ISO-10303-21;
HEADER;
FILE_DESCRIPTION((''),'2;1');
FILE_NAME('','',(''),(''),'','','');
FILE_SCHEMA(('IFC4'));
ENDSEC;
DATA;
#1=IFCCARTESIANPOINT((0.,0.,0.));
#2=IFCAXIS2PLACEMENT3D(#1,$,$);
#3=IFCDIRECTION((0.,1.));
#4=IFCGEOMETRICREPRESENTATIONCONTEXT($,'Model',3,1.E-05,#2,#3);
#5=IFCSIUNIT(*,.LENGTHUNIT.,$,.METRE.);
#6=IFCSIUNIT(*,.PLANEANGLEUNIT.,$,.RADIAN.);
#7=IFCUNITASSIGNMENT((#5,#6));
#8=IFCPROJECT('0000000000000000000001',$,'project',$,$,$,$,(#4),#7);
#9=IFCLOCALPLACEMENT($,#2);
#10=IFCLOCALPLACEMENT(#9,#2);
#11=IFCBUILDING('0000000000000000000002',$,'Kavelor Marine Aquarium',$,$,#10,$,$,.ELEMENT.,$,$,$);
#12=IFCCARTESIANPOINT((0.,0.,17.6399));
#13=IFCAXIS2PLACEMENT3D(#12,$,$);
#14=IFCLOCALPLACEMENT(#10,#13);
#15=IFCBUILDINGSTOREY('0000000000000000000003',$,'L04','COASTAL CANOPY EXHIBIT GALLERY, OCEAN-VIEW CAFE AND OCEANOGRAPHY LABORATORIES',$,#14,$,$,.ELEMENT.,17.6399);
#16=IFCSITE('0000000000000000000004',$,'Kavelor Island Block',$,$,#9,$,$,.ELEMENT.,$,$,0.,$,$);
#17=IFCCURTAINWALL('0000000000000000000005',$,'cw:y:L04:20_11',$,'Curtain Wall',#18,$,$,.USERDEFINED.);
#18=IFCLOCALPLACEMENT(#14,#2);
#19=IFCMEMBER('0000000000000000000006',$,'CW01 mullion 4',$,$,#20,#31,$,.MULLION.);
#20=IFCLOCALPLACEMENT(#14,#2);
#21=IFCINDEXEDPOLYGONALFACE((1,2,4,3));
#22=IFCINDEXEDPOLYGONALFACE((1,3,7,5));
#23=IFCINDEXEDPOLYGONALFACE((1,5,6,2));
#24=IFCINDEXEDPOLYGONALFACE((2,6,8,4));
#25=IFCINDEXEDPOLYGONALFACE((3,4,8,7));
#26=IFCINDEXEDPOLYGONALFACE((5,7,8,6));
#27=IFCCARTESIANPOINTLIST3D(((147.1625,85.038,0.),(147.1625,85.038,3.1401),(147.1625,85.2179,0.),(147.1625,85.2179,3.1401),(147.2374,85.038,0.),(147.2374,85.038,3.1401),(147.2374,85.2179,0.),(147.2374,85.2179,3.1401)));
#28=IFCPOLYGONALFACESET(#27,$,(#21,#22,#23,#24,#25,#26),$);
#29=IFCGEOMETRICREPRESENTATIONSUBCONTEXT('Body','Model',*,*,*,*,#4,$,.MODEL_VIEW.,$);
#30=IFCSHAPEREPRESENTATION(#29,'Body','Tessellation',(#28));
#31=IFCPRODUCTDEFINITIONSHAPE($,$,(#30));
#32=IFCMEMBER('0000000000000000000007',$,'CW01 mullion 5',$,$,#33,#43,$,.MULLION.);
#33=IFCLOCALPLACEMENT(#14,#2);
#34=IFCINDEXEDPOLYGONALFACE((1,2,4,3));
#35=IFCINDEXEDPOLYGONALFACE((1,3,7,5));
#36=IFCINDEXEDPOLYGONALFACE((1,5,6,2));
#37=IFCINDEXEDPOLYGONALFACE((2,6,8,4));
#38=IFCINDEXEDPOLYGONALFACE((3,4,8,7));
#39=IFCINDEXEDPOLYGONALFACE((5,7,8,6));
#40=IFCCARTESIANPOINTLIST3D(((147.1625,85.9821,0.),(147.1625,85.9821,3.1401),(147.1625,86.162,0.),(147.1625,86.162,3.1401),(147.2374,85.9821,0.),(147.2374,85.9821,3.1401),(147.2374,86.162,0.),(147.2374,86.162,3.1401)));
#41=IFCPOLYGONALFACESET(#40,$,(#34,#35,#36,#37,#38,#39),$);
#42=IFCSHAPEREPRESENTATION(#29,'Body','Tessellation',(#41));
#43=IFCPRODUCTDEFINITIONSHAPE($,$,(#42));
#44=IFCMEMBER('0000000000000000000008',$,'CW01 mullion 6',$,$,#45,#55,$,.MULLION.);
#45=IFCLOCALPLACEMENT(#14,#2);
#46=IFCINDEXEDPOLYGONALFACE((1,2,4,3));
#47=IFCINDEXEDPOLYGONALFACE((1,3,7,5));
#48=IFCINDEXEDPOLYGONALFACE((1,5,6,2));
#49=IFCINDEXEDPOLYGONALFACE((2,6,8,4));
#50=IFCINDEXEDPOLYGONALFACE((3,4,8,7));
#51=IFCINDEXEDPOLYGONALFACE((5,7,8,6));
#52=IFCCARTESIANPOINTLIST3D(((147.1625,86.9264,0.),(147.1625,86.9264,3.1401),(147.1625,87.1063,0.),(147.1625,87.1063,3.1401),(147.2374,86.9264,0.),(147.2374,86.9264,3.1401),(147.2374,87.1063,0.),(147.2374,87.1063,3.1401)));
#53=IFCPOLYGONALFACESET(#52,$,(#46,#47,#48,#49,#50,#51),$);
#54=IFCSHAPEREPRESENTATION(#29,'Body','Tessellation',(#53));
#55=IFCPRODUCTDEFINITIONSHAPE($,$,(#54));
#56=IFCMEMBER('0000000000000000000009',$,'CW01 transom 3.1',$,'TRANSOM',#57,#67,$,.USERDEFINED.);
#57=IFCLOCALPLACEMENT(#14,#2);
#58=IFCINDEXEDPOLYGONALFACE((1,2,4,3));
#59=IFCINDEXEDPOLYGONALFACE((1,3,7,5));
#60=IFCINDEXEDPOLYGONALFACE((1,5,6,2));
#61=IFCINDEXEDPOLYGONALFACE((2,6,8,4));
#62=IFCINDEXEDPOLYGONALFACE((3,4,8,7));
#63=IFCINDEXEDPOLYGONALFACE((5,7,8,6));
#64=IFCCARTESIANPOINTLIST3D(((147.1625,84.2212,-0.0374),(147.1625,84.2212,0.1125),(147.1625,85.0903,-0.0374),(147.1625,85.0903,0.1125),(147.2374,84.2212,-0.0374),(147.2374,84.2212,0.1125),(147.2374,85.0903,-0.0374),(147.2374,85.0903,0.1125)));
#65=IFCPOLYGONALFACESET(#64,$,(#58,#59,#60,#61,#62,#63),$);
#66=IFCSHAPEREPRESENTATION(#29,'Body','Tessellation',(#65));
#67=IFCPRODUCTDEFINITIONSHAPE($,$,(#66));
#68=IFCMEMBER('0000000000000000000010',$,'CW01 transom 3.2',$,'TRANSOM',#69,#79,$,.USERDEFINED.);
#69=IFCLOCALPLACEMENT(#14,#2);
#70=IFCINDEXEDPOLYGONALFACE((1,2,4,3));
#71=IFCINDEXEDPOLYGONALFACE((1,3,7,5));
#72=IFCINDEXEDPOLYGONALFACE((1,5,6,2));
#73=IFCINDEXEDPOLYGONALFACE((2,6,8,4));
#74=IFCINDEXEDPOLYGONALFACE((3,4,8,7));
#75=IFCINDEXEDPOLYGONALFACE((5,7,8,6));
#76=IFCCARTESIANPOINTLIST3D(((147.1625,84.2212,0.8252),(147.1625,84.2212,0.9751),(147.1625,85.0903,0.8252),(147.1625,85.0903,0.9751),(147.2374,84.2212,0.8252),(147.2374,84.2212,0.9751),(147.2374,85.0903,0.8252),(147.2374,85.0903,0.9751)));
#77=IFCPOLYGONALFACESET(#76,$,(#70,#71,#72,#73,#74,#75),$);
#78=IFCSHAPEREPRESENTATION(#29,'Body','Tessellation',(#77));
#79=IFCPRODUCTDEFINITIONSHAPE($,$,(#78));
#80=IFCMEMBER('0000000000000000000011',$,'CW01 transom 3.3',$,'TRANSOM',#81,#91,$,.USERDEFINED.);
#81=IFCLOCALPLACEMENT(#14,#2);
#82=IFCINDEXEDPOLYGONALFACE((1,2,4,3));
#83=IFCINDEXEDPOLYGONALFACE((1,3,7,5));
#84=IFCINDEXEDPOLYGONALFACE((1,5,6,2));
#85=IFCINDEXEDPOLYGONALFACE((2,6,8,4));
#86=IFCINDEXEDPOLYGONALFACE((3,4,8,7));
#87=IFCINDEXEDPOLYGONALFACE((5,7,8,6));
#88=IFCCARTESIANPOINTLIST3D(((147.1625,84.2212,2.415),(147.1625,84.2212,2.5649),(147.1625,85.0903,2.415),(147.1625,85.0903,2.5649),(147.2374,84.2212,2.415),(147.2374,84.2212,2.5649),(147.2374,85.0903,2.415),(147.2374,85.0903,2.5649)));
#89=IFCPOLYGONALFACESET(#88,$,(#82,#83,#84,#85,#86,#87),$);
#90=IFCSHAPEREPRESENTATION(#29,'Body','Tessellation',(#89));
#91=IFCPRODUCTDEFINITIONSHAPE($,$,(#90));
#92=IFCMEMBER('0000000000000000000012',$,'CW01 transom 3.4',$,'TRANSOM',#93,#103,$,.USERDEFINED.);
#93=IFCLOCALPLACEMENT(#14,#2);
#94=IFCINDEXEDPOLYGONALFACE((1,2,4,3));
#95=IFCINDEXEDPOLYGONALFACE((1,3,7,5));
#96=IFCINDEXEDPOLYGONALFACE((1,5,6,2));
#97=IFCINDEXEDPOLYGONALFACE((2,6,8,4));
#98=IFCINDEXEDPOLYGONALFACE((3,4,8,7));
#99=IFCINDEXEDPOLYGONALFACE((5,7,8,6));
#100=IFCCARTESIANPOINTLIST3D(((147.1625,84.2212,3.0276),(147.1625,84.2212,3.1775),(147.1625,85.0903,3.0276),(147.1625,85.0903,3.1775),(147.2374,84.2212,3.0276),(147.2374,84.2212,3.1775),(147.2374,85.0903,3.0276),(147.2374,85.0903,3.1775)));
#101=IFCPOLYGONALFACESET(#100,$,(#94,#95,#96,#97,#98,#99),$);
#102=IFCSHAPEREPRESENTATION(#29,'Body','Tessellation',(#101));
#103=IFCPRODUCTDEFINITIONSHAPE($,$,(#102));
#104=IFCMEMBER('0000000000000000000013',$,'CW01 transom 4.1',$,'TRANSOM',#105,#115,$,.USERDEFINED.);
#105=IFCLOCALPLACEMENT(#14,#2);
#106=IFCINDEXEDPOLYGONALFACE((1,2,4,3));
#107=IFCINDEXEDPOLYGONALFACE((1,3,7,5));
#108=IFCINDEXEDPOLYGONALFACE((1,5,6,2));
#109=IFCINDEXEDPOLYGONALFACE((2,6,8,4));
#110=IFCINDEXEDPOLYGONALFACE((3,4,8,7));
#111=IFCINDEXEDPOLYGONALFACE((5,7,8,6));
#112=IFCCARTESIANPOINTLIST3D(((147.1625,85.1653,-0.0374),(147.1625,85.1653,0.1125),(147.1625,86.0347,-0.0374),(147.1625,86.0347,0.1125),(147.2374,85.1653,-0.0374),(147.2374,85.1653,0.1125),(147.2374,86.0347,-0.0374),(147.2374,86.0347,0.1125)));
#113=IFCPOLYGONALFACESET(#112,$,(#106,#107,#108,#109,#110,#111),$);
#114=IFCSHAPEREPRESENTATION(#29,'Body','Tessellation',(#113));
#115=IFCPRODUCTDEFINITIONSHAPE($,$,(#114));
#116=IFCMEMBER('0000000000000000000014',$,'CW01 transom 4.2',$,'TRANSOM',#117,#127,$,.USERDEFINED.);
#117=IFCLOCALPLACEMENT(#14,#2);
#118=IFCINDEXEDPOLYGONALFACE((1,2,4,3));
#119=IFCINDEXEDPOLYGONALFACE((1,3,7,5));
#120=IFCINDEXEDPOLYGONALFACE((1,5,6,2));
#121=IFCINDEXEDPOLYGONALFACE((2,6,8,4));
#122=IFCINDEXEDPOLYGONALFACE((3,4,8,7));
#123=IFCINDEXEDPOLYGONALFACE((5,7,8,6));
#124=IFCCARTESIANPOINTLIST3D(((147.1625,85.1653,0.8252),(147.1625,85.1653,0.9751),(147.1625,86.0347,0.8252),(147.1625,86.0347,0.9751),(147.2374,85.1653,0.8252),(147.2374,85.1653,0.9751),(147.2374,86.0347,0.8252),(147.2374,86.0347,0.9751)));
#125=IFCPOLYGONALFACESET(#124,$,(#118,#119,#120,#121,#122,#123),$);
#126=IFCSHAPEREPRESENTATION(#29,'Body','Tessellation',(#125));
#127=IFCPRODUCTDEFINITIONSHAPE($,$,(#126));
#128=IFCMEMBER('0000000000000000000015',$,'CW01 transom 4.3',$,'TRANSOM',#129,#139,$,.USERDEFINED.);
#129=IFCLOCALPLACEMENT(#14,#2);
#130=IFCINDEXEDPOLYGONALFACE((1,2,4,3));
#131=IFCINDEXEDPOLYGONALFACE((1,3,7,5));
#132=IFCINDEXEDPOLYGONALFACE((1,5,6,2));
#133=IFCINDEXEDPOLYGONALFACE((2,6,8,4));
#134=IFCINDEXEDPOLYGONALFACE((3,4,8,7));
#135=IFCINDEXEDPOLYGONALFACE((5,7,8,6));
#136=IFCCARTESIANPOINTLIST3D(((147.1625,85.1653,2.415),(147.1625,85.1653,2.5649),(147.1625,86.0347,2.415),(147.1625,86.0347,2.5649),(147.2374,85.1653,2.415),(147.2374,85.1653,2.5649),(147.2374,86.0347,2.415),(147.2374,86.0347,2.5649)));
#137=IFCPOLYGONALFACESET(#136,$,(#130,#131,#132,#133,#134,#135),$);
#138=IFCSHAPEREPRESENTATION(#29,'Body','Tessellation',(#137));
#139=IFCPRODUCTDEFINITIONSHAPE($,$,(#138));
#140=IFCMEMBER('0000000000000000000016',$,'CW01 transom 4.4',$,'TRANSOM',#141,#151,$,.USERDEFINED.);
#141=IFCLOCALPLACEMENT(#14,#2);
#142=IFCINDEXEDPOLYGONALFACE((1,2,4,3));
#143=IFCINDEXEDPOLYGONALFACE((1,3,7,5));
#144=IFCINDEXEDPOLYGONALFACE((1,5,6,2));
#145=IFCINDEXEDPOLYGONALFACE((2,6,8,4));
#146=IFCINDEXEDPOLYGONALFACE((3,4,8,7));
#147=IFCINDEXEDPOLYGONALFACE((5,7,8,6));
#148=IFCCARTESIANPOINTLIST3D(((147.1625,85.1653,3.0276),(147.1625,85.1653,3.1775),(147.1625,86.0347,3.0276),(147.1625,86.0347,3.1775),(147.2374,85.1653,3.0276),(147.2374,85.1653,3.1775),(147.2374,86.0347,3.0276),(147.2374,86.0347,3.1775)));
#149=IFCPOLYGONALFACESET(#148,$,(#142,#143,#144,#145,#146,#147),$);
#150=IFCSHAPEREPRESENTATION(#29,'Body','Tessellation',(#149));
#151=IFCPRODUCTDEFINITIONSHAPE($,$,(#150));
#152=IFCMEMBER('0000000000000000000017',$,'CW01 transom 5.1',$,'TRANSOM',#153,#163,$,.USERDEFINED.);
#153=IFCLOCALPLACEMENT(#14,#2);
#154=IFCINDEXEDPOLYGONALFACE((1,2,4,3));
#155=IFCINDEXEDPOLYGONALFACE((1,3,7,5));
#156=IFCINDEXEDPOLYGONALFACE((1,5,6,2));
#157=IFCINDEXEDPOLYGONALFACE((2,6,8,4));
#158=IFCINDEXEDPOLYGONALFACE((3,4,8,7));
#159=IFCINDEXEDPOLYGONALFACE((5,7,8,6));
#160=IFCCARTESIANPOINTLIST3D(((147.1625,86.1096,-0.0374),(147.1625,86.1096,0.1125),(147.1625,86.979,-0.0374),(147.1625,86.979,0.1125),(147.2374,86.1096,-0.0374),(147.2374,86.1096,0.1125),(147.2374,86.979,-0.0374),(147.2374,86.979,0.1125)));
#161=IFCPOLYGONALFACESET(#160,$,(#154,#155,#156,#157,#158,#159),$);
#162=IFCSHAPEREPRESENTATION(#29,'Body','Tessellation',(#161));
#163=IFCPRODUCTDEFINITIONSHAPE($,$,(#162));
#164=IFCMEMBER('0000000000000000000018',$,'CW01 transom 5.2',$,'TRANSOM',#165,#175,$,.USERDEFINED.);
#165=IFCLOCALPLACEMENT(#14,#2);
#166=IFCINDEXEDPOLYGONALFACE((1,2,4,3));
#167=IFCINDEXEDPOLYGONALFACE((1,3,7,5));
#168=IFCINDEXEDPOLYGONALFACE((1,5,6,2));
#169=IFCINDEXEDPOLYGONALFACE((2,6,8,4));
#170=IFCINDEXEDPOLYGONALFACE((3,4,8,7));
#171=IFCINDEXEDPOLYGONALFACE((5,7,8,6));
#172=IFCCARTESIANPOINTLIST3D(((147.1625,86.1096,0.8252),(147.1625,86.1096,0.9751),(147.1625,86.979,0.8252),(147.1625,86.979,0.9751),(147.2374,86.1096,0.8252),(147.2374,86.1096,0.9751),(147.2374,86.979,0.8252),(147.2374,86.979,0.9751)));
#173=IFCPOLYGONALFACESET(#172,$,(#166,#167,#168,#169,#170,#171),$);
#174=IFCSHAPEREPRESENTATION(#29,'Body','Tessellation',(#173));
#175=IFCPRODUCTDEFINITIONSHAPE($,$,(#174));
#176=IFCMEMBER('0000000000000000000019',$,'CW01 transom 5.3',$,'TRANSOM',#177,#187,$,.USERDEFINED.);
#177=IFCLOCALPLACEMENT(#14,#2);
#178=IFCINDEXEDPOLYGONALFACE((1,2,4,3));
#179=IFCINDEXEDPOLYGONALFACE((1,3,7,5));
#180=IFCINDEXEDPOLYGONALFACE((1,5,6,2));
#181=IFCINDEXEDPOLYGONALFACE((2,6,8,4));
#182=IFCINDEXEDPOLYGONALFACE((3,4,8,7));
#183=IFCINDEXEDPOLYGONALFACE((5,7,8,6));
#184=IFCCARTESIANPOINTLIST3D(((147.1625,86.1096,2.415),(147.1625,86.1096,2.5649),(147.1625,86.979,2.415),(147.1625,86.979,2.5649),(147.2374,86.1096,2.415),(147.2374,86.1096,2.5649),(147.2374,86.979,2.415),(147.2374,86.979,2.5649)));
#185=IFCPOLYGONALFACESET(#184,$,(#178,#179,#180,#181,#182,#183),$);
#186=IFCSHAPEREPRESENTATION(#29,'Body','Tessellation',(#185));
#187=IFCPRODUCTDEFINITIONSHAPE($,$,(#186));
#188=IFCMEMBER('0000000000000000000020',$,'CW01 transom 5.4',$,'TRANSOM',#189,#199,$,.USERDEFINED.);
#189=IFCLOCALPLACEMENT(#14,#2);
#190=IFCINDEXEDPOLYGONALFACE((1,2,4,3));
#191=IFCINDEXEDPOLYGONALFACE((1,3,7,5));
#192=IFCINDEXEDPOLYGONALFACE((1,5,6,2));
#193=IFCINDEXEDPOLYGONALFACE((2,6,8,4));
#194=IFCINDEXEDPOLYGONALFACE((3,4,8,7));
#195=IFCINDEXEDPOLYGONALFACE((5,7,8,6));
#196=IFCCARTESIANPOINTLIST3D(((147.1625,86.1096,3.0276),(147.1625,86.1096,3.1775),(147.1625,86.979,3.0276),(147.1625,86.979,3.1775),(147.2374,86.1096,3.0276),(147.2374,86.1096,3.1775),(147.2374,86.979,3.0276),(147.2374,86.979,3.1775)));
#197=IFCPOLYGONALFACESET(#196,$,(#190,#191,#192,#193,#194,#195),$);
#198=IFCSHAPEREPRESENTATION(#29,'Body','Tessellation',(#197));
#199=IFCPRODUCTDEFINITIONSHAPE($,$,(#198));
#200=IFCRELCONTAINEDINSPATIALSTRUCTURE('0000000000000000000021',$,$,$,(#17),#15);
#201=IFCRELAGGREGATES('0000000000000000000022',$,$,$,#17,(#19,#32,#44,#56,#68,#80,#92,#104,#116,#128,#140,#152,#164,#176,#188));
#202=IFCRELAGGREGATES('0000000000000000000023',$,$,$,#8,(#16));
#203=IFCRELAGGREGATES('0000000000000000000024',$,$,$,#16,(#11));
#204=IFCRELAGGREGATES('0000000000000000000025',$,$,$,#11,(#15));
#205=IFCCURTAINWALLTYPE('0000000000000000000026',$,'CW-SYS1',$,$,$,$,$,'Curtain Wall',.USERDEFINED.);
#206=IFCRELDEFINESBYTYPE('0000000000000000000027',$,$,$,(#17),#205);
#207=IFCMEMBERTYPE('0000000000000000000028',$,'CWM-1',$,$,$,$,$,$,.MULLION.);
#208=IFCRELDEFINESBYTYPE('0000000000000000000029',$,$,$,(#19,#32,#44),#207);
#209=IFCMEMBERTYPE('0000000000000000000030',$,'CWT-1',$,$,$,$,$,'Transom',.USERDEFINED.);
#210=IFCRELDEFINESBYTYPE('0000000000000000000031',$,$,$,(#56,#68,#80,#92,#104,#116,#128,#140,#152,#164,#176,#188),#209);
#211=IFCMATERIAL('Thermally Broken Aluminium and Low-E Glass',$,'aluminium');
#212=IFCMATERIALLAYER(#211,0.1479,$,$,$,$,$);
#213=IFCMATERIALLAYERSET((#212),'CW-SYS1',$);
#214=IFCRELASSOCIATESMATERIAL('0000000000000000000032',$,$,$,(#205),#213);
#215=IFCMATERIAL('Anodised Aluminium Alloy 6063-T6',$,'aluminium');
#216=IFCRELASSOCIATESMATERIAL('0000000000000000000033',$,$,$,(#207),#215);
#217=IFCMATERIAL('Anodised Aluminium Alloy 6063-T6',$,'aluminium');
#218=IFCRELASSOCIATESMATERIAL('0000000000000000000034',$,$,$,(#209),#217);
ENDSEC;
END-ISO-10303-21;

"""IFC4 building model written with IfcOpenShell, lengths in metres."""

from ifc_helpers import new_model, si_unit, direction, frame, origin, origin_2d, place, context, subcontext, project, spatial, rectangle, extrude, material, layer, layer_set, material_profile, profile_set, type_object, element, aggregate, save


model = new_model("IFC4")

# Units and contexts
model_context = context("Model", 3, precision=1e-05, world=origin(), true_north=direction((0.0, 1.0)))
body_context = subcontext(model_context, "Body", "Model", "MODEL_VIEW")
ifc_project = project(units=[si_unit("LENGTHUNIT", "METRE"), si_unit("PLANEANGLEUNIT", "RADIAN")], contexts=[model_context])

# Site, building, storey
site_placement = place(None, origin())
site = spatial("IfcSite", under=ifc_project, at=site_placement, Name="Kavelor Island Block", CompositionType="ELEMENT", RefElevation=0.0)
building_placement = place(site_placement, origin())
building = spatial("IfcBuilding", under=site, at=building_placement, Name="Kavelor Marine Aquarium", CompositionType="ELEMENT")
storey_placement = place(building_placement, frame((0.0, 0.0, 17.6399)))
storey = spatial("IfcBuildingStorey", under=building, at=storey_placement, Name="L04", Description="COASTAL CANOPY EXHIBIT GALLERY, OCEAN-VIEW CAFE AND OCEANOGRAPHY LABORATORIES", CompositionType="ELEMENT", Elevation=17.6399)

# Curtain wall, members
ifc_material_1 = material(Name="Thermally Broken Aluminium and Low-E Glass", Category="aluminium")
ifc_layer_1 = layer(ifc_material_1, 0.1479)
ifc_layer_set_1 = layer_set([ifc_layer_1], Name="CW-SYS1")
curtain_wall_type = type_object("IfcCurtainWallType", Name="CW-SYS1", ElementType="Curtain Wall", PredefinedType="USERDEFINED", material=ifc_layer_set_1)
curtain_wall_placement = place(storey_placement, origin())
curtain_wall = element("IfcCurtainWall", 1, at=curtain_wall_placement, inside=storey, type_object=curtain_wall_type, Name="cw:y:L04:20_11", ObjectType="Curtain Wall", PredefinedType="USERDEFINED")
ifc_material_2 = material(Name="Anodised Aluminium Alloy 6063-T6", Category="aluminium")
ifc_material_profile_1 = material_profile(ifc_material_2, rectangle(XDim=0.075, YDim=0.1799, at=origin_2d()), Name="CW-MUL 75x180")
ifc_profile_set_1 = profile_set([ifc_material_profile_1], Name="Anodised Aluminium Alloy 6063-T6")
member_type_1 = type_object("IfcMemberType", Name="CWM-1", PredefinedType="MULLION", material=ifc_profile_set_1)
member_1_placement = place(storey_placement, frame((147.2, 85.1279, 0.0), z_axis=(0.0, 0.0, 1.0), x_axis=(-1.0, 0.0, 0.0)))
member_1 = element("IfcMember", 2, at=member_1_placement, type_object=member_type_1, Name="CW01 mullion 4", PredefinedType="MULLION", context=body_context, shape_type="SweptSolid", body=[
    extrude(rectangle(XDim=0.075, YDim=0.1799, at=origin_2d()), origin(), (0.0, 0.0, 1.0), 3.1401),
])
member_2_placement = place(storey_placement, frame((147.2, 86.072, 0.0), z_axis=(0.0, 0.0, 1.0), x_axis=(-1.0, 0.0, 0.0)))
member_2 = element("IfcMember", 3, at=member_2_placement, type_object=member_type_1, Name="CW01 mullion 5", PredefinedType="MULLION", context=body_context, shape_type="SweptSolid", body=[
    extrude(rectangle(XDim=0.075, YDim=0.1799, at=origin_2d()), origin(), (0.0, 0.0, 1.0), 3.1401),
])
member_3_placement = place(storey_placement, frame((147.2, 87.0164, 0.0), z_axis=(0.0, 0.0, 1.0), x_axis=(-1.0, 0.0, 0.0)))
member_3 = element("IfcMember", 4, at=member_3_placement, type_object=member_type_1, Name="CW01 mullion 6", PredefinedType="MULLION", context=body_context, shape_type="SweptSolid", body=[
    extrude(rectangle(XDim=0.075, YDim=0.1799, at=origin_2d()), origin(), (0.0, 0.0, 1.0), 3.1401),
])
ifc_material_3 = material(Name="Anodised Aluminium Alloy 6063-T6", Category="aluminium")
ifc_material_profile_2 = material_profile(ifc_material_3, rectangle(XDim=0.075, YDim=0.1499, at=origin_2d()), Name="CW-TRN 75x150")
ifc_profile_set_2 = profile_set([ifc_material_profile_2], Name="Anodised Aluminium Alloy 6063-T6")
member_type_2 = type_object("IfcMemberType", Name="CWT-1", ElementType="Transom", PredefinedType="USERDEFINED", material=ifc_profile_set_2)
member_4_placement = place(storey_placement, frame((147.2, 84.2212, 0.0376), z_axis=(0.0, 1.0, 0.0), x_axis=(-1.0, 0.0, 0.0)))
member_4 = element("IfcMember", 5, at=member_4_placement, type_object=member_type_2, Name="CW01 transom 3.1", ObjectType="TRANSOM", PredefinedType="USERDEFINED", context=body_context, shape_type="SweptSolid", body=[
    extrude(rectangle(XDim=0.075, YDim=0.1499, at=origin_2d()), origin(), (0.0, 0.0, 1.0), 0.8691),
])
member_5_placement = place(storey_placement, frame((147.2, 84.2212, 0.9001), z_axis=(0.0, 1.0, 0.0), x_axis=(-1.0, 0.0, 0.0)))
member_5 = element("IfcMember", 6, at=member_5_placement, type_object=member_type_2, Name="CW01 transom 3.2", ObjectType="TRANSOM", PredefinedType="USERDEFINED", context=body_context, shape_type="SweptSolid", body=[
    extrude(rectangle(XDim=0.075, YDim=0.1499, at=origin_2d()), origin(), (0.0, 0.0, 1.0), 0.8691),
])
member_6_placement = place(storey_placement, frame((147.2, 84.2212, 2.49), z_axis=(0.0, 1.0, 0.0), x_axis=(-1.0, 0.0, 0.0)))
member_6 = element("IfcMember", 7, at=member_6_placement, type_object=member_type_2, Name="CW01 transom 3.3", ObjectType="TRANSOM", PredefinedType="USERDEFINED", context=body_context, shape_type="SweptSolid", body=[
    extrude(rectangle(XDim=0.075, YDim=0.1499, at=origin_2d()), origin(), (0.0, 0.0, 1.0), 0.8691),
])
member_7_placement = place(storey_placement, frame((147.2, 84.2212, 3.1025), z_axis=(0.0, 1.0, 0.0), x_axis=(-1.0, 0.0, 0.0)))
member_7 = element("IfcMember", 8, at=member_7_placement, type_object=member_type_2, Name="CW01 transom 3.4", ObjectType="TRANSOM", PredefinedType="USERDEFINED", context=body_context, shape_type="SweptSolid", body=[
    extrude(rectangle(XDim=0.075, YDim=0.1499, at=origin_2d()), origin(), (0.0, 0.0, 1.0), 0.8691),
])
member_8_placement = place(storey_placement, frame((147.2, 85.1653, 0.0376), z_axis=(0.0, 1.0, 0.0), x_axis=(-1.0, 0.0, 0.0)))
member_8 = element("IfcMember", 9, at=member_8_placement, type_object=member_type_2, Name="CW01 transom 4.1", ObjectType="TRANSOM", PredefinedType="USERDEFINED", context=body_context, shape_type="SweptSolid", body=[
    extrude(rectangle(XDim=0.075, YDim=0.1499, at=origin_2d()), origin(), (0.0, 0.0, 1.0), 0.8694),
])
member_9_placement = place(storey_placement, frame((147.2, 85.1653, 0.9001), z_axis=(0.0, 1.0, 0.0), x_axis=(-1.0, 0.0, 0.0)))
member_9 = element("IfcMember", 10, at=member_9_placement, type_object=member_type_2, Name="CW01 transom 4.2", ObjectType="TRANSOM", PredefinedType="USERDEFINED", context=body_context, shape_type="SweptSolid", body=[
    extrude(rectangle(XDim=0.075, YDim=0.1499, at=origin_2d()), origin(), (0.0, 0.0, 1.0), 0.8694),
])
member_10_placement = place(storey_placement, frame((147.2, 85.1653, 2.49), z_axis=(0.0, 1.0, 0.0), x_axis=(-1.0, 0.0, 0.0)))
member_10 = element("IfcMember", 11, at=member_10_placement, type_object=member_type_2, Name="CW01 transom 4.3", ObjectType="TRANSOM", PredefinedType="USERDEFINED", context=body_context, shape_type="SweptSolid", body=[
    extrude(rectangle(XDim=0.075, YDim=0.1499, at=origin_2d()), origin(), (0.0, 0.0, 1.0), 0.8694),
])
member_11_placement = place(storey_placement, frame((147.2, 85.1653, 3.1025), z_axis=(0.0, 1.0, 0.0), x_axis=(-1.0, 0.0, 0.0)))
member_11 = element("IfcMember", 12, at=member_11_placement, type_object=member_type_2, Name="CW01 transom 4.4", ObjectType="TRANSOM", PredefinedType="USERDEFINED", context=body_context, shape_type="SweptSolid", body=[
    extrude(rectangle(XDim=0.075, YDim=0.1499, at=origin_2d()), origin(), (0.0, 0.0, 1.0), 0.8694),
])
member_12_placement = place(storey_placement, frame((147.2, 86.1096, 0.0376), z_axis=(0.0, 1.0, 0.0), x_axis=(-1.0, 0.0, 0.0)))
member_12 = element("IfcMember", 13, at=member_12_placement, type_object=member_type_2, Name="CW01 transom 5.1", ObjectType="TRANSOM", PredefinedType="USERDEFINED", context=body_context, shape_type="SweptSolid", body=[
    extrude(rectangle(XDim=0.075, YDim=0.1499, at=origin_2d()), origin(), (0.0, 0.0, 1.0), 0.8694),
])
member_13_placement = place(storey_placement, frame((147.2, 86.1096, 0.9001), z_axis=(0.0, 1.0, 0.0), x_axis=(-1.0, 0.0, 0.0)))
member_13 = element("IfcMember", 14, at=member_13_placement, type_object=member_type_2, Name="CW01 transom 5.2", ObjectType="TRANSOM", PredefinedType="USERDEFINED", context=body_context, shape_type="SweptSolid", body=[
    extrude(rectangle(XDim=0.075, YDim=0.1499, at=origin_2d()), origin(), (0.0, 0.0, 1.0), 0.8694),
])
member_14_placement = place(storey_placement, frame((147.2, 86.1096, 2.49), z_axis=(0.0, 1.0, 0.0), x_axis=(-1.0, 0.0, 0.0)))
member_14 = element("IfcMember", 15, at=member_14_placement, type_object=member_type_2, Name="CW01 transom 5.3", ObjectType="TRANSOM", PredefinedType="USERDEFINED", context=body_context, shape_type="SweptSolid", body=[
    extrude(rectangle(XDim=0.075, YDim=0.1499, at=origin_2d()), origin(), (0.0, 0.0, 1.0), 0.8694),
])
member_15_placement = place(storey_placement, frame((147.2, 86.1096, 3.1025), z_axis=(0.0, 1.0, 0.0), x_axis=(-1.0, 0.0, 0.0)))
member_15 = element("IfcMember", 16, at=member_15_placement, type_object=member_type_2, Name="CW01 transom 5.4", ObjectType="TRANSOM", PredefinedType="USERDEFINED", context=body_context, shape_type="SweptSolid", body=[
    extrude(rectangle(XDim=0.075, YDim=0.1499, at=origin_2d()), origin(), (0.0, 0.0, 1.0), 0.8694),
])
aggregate(curtain_wall, [member_1, member_2, member_3, member_4, member_5, member_6, member_7, member_8, member_9, member_10, member_11, member_12, member_13, member_14, member_15])

save(model, "model.ifc")
